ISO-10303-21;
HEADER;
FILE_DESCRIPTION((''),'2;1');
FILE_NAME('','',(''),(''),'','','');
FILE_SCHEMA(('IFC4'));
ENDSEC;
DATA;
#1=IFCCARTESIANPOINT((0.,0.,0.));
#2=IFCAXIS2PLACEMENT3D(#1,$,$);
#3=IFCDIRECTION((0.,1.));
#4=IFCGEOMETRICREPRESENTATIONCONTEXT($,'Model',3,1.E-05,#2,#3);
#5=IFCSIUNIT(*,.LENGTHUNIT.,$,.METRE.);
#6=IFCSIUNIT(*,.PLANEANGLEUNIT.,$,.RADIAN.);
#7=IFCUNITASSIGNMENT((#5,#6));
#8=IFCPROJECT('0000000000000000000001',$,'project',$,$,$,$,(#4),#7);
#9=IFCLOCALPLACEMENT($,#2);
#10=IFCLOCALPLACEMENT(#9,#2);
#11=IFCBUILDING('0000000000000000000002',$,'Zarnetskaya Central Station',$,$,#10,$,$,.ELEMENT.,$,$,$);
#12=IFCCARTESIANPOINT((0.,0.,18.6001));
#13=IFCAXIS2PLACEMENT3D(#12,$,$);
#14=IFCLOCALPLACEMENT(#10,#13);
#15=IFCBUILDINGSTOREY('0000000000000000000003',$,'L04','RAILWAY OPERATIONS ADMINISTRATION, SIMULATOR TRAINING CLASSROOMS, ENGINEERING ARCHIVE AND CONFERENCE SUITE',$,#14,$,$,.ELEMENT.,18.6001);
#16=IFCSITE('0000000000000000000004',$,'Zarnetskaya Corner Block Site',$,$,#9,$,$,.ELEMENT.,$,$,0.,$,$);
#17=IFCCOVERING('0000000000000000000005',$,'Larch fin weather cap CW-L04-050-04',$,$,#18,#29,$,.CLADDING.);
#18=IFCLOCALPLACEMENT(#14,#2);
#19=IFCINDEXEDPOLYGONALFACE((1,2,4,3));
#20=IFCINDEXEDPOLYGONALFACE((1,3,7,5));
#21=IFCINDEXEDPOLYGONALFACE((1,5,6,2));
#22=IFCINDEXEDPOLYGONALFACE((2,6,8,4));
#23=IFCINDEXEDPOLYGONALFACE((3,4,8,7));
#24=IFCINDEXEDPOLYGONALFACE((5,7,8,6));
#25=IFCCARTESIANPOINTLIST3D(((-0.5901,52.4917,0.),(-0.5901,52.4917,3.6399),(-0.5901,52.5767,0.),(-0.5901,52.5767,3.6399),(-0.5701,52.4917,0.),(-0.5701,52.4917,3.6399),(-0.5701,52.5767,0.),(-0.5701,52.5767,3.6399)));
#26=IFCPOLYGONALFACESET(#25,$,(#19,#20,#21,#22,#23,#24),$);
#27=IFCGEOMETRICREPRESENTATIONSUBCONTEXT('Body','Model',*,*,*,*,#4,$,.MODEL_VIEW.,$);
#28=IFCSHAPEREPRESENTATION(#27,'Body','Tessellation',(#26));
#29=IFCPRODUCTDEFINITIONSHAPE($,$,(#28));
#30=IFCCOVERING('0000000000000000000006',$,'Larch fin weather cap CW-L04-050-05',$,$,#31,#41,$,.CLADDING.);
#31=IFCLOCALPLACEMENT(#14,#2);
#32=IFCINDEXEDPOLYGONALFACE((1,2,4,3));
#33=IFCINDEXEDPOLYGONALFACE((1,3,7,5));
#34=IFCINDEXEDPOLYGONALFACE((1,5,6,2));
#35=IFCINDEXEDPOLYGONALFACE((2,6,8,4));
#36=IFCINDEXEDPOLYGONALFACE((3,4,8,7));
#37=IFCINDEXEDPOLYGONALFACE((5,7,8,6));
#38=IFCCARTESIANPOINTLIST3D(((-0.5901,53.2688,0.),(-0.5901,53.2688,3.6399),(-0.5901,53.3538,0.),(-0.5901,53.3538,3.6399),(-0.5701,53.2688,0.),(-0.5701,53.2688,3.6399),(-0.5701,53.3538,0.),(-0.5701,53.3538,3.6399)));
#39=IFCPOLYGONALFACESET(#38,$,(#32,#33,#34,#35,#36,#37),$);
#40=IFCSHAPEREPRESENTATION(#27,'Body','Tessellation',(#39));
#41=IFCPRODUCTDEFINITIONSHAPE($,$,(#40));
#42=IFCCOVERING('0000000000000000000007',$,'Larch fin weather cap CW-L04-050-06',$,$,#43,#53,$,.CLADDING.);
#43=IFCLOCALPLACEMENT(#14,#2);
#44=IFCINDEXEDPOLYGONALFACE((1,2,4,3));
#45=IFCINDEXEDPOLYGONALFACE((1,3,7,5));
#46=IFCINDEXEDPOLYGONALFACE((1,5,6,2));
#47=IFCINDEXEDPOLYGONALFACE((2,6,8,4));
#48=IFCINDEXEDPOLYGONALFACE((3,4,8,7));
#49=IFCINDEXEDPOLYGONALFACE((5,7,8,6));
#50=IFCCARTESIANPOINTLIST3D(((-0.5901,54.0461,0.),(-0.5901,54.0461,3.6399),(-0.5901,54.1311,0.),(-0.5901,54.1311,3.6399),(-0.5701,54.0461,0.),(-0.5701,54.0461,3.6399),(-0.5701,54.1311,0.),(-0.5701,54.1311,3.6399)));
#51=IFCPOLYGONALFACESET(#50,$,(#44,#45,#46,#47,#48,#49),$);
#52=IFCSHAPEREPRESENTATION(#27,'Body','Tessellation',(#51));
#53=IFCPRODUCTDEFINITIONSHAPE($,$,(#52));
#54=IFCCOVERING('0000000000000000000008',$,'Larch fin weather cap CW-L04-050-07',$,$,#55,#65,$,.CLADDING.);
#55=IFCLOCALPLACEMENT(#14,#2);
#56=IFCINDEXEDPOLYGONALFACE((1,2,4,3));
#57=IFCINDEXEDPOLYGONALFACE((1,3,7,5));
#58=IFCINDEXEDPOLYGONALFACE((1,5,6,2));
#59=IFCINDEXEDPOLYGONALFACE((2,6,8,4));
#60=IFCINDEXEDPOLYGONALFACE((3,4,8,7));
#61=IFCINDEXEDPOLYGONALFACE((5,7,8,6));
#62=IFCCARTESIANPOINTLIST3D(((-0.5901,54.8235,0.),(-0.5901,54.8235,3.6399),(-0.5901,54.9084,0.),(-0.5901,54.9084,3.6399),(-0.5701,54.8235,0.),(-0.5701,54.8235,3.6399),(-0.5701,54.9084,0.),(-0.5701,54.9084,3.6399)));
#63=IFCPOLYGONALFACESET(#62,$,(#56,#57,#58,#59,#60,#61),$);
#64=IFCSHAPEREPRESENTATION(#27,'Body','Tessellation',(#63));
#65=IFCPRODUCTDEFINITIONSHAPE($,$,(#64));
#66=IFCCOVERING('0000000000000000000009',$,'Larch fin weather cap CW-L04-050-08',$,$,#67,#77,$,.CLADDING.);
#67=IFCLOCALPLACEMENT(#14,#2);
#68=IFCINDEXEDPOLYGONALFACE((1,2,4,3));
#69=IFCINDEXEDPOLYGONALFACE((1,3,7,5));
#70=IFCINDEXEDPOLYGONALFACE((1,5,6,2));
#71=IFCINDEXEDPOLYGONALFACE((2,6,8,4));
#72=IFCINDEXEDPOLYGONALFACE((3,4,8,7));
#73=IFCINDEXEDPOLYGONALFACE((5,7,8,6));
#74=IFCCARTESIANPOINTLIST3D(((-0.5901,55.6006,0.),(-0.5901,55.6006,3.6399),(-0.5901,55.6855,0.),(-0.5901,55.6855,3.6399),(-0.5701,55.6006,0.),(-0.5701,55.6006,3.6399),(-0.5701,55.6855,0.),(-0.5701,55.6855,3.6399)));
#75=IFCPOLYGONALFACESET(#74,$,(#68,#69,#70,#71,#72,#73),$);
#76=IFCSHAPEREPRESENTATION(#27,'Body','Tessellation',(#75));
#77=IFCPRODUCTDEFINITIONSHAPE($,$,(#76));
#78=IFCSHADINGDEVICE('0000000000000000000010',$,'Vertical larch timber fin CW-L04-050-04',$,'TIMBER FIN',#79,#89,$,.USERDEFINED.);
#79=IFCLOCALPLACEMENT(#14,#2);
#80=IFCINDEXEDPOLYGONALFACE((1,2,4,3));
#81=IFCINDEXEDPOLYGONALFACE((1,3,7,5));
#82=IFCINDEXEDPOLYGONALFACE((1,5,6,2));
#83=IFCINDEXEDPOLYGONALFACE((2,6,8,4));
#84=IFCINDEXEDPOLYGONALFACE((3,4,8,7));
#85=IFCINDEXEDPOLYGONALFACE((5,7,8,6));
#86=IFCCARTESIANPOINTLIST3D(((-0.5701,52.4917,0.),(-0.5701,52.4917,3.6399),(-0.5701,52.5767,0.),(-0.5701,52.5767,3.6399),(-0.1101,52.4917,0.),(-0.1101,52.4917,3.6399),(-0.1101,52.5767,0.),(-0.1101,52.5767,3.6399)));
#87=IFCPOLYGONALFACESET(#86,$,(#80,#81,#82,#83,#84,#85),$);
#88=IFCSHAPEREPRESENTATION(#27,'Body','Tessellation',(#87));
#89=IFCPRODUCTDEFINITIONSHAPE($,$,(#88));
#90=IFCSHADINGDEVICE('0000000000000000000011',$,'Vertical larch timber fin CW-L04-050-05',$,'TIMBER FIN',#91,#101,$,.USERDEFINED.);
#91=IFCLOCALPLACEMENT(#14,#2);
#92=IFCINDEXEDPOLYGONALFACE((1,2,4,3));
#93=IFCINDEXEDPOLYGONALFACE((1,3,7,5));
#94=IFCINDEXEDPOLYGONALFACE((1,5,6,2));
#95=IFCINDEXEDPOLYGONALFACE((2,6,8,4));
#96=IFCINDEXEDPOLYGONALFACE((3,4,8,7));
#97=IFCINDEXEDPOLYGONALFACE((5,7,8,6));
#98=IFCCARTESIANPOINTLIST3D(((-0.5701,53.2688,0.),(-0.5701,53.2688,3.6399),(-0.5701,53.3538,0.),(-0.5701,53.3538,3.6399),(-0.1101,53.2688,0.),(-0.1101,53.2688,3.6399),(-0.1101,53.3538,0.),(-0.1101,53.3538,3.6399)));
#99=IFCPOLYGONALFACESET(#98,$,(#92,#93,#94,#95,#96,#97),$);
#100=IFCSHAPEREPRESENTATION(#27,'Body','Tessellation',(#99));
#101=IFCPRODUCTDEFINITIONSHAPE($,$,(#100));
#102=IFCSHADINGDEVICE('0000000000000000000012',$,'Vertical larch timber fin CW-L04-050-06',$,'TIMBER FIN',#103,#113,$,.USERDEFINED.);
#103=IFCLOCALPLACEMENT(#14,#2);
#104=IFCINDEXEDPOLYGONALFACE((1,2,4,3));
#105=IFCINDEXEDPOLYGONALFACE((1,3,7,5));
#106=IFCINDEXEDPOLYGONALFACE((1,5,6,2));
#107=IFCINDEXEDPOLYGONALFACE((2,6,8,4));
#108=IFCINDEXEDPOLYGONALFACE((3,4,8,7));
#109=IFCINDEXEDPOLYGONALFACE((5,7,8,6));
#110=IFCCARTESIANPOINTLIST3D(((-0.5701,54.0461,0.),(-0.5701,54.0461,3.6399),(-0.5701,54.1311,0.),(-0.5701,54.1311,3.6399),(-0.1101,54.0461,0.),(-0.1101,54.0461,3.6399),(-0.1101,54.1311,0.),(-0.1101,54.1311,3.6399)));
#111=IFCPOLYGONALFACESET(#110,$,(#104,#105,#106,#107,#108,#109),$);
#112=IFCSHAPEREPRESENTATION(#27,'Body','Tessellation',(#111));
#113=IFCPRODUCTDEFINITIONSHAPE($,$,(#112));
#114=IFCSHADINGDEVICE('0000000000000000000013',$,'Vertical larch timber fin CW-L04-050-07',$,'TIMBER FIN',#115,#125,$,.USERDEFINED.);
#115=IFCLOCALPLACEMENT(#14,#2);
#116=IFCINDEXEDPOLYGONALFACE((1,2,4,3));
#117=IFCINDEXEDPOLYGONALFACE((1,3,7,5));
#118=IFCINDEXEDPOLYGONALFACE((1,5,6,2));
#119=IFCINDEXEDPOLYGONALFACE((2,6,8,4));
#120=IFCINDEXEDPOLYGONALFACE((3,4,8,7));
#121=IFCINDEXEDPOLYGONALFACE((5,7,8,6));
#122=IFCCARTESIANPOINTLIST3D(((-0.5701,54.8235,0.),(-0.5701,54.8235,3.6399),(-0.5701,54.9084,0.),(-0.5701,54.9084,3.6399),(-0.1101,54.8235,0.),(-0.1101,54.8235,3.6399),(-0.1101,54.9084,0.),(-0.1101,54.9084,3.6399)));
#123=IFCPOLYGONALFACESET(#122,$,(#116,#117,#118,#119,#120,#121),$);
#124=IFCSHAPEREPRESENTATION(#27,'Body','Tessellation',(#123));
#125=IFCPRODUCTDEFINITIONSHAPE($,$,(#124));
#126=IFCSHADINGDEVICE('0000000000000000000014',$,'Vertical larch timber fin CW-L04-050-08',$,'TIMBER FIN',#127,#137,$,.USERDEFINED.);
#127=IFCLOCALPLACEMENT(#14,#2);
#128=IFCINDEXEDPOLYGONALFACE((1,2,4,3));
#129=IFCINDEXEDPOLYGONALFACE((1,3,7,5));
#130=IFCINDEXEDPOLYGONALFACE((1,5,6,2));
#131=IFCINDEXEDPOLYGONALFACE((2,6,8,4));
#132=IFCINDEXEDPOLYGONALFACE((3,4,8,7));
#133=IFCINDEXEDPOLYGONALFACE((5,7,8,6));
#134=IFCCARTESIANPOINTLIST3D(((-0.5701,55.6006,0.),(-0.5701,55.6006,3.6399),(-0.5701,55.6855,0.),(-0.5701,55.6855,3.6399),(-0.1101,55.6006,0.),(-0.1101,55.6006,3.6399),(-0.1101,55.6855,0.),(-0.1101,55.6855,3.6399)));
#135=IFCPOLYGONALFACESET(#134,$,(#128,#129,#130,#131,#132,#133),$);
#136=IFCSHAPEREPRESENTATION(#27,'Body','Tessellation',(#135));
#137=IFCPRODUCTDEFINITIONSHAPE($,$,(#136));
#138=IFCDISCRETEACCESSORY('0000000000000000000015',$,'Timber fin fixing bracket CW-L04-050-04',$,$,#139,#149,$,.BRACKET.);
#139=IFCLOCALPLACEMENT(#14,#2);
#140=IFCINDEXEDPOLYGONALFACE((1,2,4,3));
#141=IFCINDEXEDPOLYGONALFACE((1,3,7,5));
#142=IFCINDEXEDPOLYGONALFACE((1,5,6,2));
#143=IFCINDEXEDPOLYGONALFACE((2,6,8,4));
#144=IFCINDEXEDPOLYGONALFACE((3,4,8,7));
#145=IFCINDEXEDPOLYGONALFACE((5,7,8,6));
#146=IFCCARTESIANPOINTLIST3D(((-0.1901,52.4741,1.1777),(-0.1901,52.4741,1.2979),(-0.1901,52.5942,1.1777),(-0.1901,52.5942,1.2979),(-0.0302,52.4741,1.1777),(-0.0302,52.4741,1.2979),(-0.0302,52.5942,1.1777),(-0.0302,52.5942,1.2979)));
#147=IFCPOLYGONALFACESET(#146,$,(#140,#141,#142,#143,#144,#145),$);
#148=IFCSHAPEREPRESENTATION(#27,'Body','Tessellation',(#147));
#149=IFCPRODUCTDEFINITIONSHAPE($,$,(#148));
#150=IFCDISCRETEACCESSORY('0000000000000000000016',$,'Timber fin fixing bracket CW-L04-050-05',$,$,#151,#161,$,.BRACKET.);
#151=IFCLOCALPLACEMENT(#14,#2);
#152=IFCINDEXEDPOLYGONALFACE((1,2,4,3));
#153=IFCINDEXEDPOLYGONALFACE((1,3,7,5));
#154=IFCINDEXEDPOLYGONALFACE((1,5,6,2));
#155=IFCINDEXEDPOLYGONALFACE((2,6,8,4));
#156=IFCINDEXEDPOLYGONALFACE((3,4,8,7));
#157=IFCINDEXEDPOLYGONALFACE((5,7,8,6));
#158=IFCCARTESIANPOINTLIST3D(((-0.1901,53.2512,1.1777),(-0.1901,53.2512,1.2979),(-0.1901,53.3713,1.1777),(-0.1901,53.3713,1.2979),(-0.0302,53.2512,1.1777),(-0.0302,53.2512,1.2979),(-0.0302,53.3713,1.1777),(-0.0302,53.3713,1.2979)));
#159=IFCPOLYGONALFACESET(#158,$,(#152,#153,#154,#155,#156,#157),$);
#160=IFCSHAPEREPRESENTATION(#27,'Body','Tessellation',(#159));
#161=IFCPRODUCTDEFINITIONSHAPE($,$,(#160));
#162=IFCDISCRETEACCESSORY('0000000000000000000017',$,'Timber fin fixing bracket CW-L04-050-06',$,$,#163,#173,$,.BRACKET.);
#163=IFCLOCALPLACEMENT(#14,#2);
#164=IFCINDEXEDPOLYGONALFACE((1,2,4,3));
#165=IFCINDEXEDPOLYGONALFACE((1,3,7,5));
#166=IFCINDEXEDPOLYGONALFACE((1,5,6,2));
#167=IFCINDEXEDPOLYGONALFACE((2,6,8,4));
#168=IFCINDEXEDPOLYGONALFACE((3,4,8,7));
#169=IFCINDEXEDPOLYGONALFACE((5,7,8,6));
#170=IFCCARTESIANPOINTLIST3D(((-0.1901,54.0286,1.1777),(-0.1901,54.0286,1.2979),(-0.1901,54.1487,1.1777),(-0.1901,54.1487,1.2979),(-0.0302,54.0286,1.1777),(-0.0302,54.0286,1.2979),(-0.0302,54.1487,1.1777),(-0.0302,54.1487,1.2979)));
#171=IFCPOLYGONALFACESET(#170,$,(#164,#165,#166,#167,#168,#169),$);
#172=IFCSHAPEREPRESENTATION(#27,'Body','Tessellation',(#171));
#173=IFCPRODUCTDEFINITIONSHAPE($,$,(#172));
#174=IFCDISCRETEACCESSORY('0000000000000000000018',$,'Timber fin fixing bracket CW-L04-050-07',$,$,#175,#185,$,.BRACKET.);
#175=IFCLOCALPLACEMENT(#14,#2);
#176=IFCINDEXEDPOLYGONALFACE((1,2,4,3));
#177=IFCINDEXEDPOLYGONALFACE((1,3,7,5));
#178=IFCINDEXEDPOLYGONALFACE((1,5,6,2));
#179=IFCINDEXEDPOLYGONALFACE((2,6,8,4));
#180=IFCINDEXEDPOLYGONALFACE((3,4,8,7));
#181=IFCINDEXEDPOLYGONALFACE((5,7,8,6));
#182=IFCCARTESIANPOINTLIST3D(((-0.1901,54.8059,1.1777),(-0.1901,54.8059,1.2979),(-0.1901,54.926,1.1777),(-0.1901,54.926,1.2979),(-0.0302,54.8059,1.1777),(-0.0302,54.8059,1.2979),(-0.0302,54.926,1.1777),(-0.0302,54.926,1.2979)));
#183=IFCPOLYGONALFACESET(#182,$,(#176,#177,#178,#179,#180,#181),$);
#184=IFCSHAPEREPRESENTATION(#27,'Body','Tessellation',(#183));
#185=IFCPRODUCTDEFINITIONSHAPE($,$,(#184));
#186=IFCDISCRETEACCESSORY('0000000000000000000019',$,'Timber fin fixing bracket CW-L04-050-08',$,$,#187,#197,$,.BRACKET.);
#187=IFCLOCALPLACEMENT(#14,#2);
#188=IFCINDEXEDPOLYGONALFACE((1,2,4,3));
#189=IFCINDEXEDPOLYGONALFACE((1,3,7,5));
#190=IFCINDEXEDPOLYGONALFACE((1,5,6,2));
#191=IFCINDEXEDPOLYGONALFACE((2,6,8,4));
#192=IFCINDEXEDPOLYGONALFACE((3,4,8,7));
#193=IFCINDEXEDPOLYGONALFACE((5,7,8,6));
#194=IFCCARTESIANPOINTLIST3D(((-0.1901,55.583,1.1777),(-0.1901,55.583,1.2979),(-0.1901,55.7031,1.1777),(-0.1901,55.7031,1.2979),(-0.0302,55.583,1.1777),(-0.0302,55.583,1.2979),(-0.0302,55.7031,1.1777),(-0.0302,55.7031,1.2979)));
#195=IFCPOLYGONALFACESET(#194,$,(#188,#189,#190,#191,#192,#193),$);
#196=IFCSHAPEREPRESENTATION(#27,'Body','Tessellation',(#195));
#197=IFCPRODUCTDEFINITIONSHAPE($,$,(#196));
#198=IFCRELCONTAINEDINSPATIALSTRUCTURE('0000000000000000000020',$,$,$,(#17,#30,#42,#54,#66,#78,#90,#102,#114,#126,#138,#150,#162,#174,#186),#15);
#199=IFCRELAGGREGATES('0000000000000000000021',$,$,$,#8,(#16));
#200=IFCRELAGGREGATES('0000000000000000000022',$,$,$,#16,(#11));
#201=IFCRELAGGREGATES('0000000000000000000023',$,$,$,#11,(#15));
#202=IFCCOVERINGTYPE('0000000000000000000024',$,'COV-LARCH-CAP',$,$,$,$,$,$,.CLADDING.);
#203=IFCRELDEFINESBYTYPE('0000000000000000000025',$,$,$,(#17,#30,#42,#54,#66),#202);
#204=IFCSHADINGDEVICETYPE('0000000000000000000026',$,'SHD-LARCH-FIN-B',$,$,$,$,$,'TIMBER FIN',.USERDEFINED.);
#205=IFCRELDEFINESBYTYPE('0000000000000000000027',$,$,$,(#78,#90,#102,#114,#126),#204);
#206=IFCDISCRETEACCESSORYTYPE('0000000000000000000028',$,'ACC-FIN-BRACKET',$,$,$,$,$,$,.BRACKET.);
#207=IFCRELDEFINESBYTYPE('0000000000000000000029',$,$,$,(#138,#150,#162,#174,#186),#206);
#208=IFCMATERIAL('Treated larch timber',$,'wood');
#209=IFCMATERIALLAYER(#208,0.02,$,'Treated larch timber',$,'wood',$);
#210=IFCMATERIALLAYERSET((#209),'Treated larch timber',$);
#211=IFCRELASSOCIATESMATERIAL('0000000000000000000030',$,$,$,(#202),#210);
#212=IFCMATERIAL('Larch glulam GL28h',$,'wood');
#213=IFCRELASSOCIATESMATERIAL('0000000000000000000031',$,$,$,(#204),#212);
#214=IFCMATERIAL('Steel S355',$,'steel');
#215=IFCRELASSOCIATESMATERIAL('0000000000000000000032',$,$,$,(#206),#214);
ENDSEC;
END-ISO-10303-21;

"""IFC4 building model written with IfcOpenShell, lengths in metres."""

from ifc_helpers import new_model, si_unit, direction, frame, origin, origin_2d, place, context, subcontext, project, spatial, rectangle, extrude, material, layer, layer_set, type_object, element, save


model = new_model("IFC4")

# Units and contexts
model_context = context("Model", 3, precision=1e-05, world=origin(), true_north=direction((0.0, 1.0)))
body_context = subcontext(model_context, "Body", "Model", "MODEL_VIEW")
ifc_project = project(units=[si_unit("LENGTHUNIT", "METRE"), si_unit("PLANEANGLEUNIT", "RADIAN")], contexts=[model_context])

# Site, building, storey
site_placement = place(None, origin())
site = spatial("IfcSite", under=ifc_project, at=site_placement, Name="Zarnetskaya Corner Block Site", CompositionType="ELEMENT", RefElevation=0.0)
building_placement = place(site_placement, origin())
building = spatial("IfcBuilding", under=site, at=building_placement, Name="Zarnetskaya Central Station", CompositionType="ELEMENT")
storey_placement = place(building_placement, frame((0.0, 0.0, 18.6001)))
storey = spatial("IfcBuildingStorey", under=building, at=storey_placement, Name="L04", Description="RAILWAY OPERATIONS ADMINISTRATION, SIMULATOR TRAINING CLASSROOMS, ENGINEERING ARCHIVE AND CONFERENCE SUITE", CompositionType="ELEMENT", Elevation=18.6001)

# Shared definitions
ifc_material_1 = material(Name="Steel S355", Category="steel")

# Coverings
ifc_material_2 = material(Name="Treated larch timber", Category="wood")
ifc_layer_1 = layer(ifc_material_2, 0.02, Name="Treated larch timber", Category="wood")
ifc_layer_set_1 = layer_set([ifc_layer_1], Name="Treated larch timber")
covering_type = type_object("IfcCoveringType", Name="COV-LARCH-CAP", PredefinedType="CLADDING", material=ifc_layer_set_1)
for number, where, z_axis, x_axis, name in (
    (1, (-0.5801, 52.5342, 0.0), (0.0, 0.0, 1.0), (0.0, 1.0, 0.0), "Larch fin weather cap CW-L04-050-04"),
    (2, (-0.5801, 53.3113, 0.0), (0.0, 0.0, 1.0), (0.0, 1.0, 0.0), "Larch fin weather cap CW-L04-050-05"),
    (3, (-0.5801, 54.0886, 0.0), (0.0, 0.0, 1.0), (0.0, 1.0, 0.0), "Larch fin weather cap CW-L04-050-06"),
    (4, (-0.5801, 54.866, 0.0), (0.0, 0.0, 1.0), (0.0, 1.0, 0.0), "Larch fin weather cap CW-L04-050-07"),
    (5, (-0.5801, 55.6431, 0.0), (0.0, 0.0, 1.0), (0.0, 1.0, 0.0), "Larch fin weather cap CW-L04-050-08"),
):
    element("IfcCovering", number, at=place(storey_placement, frame(where, z_axis=z_axis, x_axis=x_axis)), inside=storey, type_object=covering_type, Name=name, PredefinedType="CLADDING", context=body_context, shape_type="SweptSolid", body=[
        extrude(rectangle(XDim=0.085, YDim=0.02, at=origin_2d()), origin(), (0.0, 0.0, 1.0), 3.6399),
    ])

# Shading devices
ifc_material_3 = material(Name="Larch glulam GL28h", Category="wood")
shading_device_type = type_object("IfcShadingDeviceType", Name="SHD-LARCH-FIN-B", ElementType="TIMBER FIN", PredefinedType="USERDEFINED", material=ifc_material_3)
for number, where, z_axis, x_axis, name in (
    (6, (-0.3401, 52.5342, 0.0), (0.0, 0.0, 1.0), (0.0, 1.0, 0.0), "Vertical larch timber fin CW-L04-050-04"),
    (7, (-0.3401, 53.3113, 0.0), (0.0, 0.0, 1.0), (0.0, 1.0, 0.0), "Vertical larch timber fin CW-L04-050-05"),
    (8, (-0.3401, 54.0886, 0.0), (0.0, 0.0, 1.0), (0.0, 1.0, 0.0), "Vertical larch timber fin CW-L04-050-06"),
    (9, (-0.3401, 54.866, 0.0), (0.0, 0.0, 1.0), (0.0, 1.0, 0.0), "Vertical larch timber fin CW-L04-050-07"),
    (10, (-0.3401, 55.6431, 0.0), (0.0, 0.0, 1.0), (0.0, 1.0, 0.0), "Vertical larch timber fin CW-L04-050-08"),
):
    element("IfcShadingDevice", number, at=place(storey_placement, frame(where, z_axis=z_axis, x_axis=x_axis)), inside=storey, type_object=shading_device_type, Name=name, ObjectType="TIMBER FIN", PredefinedType="USERDEFINED", context=body_context, shape_type="SweptSolid", body=[
        extrude(rectangle(XDim=0.085, YDim=0.46, at=origin_2d()), origin(), (0.0, 0.0, 1.0), 3.6399),
    ])

# Discrete accessories
discrete_accessory_type = type_object("IfcDiscreteAccessoryType", Name="ACC-FIN-BRACKET", PredefinedType="BRACKET", material=ifc_material_1)
for number, where, z_axis, x_axis, name in (
    (11, (-0.1101, 52.5342, 1.1777), (0.0, 0.0, 1.0), (0.0, 1.0, 0.0), "Timber fin fixing bracket CW-L04-050-04"),
    (12, (-0.1101, 53.3113, 1.1777), (0.0, 0.0, 1.0), (0.0, 1.0, 0.0), "Timber fin fixing bracket CW-L04-050-05"),
    (13, (-0.1101, 54.0886, 1.1777), (0.0, 0.0, 1.0), (0.0, 1.0, 0.0), "Timber fin fixing bracket CW-L04-050-06"),
    (14, (-0.1101, 54.866, 1.1777), (0.0, 0.0, 1.0), (0.0, 1.0, 0.0), "Timber fin fixing bracket CW-L04-050-07"),
    (15, (-0.1101, 55.6431, 1.1777), (0.0, 0.0, 1.0), (0.0, 1.0, 0.0), "Timber fin fixing bracket CW-L04-050-08"),
):
    element("IfcDiscreteAccessory", number, at=place(storey_placement, frame(where, z_axis=z_axis, x_axis=x_axis)), inside=storey, type_object=discrete_accessory_type, Name=name, PredefinedType="BRACKET", context=body_context, shape_type="SweptSolid", body=[
        extrude(rectangle(XDim=0.1201, YDim=0.1599, at=origin_2d()), origin(), (0.0, 0.0, 1.0), 0.1201),
    ])

save(model, "model.ifc")
